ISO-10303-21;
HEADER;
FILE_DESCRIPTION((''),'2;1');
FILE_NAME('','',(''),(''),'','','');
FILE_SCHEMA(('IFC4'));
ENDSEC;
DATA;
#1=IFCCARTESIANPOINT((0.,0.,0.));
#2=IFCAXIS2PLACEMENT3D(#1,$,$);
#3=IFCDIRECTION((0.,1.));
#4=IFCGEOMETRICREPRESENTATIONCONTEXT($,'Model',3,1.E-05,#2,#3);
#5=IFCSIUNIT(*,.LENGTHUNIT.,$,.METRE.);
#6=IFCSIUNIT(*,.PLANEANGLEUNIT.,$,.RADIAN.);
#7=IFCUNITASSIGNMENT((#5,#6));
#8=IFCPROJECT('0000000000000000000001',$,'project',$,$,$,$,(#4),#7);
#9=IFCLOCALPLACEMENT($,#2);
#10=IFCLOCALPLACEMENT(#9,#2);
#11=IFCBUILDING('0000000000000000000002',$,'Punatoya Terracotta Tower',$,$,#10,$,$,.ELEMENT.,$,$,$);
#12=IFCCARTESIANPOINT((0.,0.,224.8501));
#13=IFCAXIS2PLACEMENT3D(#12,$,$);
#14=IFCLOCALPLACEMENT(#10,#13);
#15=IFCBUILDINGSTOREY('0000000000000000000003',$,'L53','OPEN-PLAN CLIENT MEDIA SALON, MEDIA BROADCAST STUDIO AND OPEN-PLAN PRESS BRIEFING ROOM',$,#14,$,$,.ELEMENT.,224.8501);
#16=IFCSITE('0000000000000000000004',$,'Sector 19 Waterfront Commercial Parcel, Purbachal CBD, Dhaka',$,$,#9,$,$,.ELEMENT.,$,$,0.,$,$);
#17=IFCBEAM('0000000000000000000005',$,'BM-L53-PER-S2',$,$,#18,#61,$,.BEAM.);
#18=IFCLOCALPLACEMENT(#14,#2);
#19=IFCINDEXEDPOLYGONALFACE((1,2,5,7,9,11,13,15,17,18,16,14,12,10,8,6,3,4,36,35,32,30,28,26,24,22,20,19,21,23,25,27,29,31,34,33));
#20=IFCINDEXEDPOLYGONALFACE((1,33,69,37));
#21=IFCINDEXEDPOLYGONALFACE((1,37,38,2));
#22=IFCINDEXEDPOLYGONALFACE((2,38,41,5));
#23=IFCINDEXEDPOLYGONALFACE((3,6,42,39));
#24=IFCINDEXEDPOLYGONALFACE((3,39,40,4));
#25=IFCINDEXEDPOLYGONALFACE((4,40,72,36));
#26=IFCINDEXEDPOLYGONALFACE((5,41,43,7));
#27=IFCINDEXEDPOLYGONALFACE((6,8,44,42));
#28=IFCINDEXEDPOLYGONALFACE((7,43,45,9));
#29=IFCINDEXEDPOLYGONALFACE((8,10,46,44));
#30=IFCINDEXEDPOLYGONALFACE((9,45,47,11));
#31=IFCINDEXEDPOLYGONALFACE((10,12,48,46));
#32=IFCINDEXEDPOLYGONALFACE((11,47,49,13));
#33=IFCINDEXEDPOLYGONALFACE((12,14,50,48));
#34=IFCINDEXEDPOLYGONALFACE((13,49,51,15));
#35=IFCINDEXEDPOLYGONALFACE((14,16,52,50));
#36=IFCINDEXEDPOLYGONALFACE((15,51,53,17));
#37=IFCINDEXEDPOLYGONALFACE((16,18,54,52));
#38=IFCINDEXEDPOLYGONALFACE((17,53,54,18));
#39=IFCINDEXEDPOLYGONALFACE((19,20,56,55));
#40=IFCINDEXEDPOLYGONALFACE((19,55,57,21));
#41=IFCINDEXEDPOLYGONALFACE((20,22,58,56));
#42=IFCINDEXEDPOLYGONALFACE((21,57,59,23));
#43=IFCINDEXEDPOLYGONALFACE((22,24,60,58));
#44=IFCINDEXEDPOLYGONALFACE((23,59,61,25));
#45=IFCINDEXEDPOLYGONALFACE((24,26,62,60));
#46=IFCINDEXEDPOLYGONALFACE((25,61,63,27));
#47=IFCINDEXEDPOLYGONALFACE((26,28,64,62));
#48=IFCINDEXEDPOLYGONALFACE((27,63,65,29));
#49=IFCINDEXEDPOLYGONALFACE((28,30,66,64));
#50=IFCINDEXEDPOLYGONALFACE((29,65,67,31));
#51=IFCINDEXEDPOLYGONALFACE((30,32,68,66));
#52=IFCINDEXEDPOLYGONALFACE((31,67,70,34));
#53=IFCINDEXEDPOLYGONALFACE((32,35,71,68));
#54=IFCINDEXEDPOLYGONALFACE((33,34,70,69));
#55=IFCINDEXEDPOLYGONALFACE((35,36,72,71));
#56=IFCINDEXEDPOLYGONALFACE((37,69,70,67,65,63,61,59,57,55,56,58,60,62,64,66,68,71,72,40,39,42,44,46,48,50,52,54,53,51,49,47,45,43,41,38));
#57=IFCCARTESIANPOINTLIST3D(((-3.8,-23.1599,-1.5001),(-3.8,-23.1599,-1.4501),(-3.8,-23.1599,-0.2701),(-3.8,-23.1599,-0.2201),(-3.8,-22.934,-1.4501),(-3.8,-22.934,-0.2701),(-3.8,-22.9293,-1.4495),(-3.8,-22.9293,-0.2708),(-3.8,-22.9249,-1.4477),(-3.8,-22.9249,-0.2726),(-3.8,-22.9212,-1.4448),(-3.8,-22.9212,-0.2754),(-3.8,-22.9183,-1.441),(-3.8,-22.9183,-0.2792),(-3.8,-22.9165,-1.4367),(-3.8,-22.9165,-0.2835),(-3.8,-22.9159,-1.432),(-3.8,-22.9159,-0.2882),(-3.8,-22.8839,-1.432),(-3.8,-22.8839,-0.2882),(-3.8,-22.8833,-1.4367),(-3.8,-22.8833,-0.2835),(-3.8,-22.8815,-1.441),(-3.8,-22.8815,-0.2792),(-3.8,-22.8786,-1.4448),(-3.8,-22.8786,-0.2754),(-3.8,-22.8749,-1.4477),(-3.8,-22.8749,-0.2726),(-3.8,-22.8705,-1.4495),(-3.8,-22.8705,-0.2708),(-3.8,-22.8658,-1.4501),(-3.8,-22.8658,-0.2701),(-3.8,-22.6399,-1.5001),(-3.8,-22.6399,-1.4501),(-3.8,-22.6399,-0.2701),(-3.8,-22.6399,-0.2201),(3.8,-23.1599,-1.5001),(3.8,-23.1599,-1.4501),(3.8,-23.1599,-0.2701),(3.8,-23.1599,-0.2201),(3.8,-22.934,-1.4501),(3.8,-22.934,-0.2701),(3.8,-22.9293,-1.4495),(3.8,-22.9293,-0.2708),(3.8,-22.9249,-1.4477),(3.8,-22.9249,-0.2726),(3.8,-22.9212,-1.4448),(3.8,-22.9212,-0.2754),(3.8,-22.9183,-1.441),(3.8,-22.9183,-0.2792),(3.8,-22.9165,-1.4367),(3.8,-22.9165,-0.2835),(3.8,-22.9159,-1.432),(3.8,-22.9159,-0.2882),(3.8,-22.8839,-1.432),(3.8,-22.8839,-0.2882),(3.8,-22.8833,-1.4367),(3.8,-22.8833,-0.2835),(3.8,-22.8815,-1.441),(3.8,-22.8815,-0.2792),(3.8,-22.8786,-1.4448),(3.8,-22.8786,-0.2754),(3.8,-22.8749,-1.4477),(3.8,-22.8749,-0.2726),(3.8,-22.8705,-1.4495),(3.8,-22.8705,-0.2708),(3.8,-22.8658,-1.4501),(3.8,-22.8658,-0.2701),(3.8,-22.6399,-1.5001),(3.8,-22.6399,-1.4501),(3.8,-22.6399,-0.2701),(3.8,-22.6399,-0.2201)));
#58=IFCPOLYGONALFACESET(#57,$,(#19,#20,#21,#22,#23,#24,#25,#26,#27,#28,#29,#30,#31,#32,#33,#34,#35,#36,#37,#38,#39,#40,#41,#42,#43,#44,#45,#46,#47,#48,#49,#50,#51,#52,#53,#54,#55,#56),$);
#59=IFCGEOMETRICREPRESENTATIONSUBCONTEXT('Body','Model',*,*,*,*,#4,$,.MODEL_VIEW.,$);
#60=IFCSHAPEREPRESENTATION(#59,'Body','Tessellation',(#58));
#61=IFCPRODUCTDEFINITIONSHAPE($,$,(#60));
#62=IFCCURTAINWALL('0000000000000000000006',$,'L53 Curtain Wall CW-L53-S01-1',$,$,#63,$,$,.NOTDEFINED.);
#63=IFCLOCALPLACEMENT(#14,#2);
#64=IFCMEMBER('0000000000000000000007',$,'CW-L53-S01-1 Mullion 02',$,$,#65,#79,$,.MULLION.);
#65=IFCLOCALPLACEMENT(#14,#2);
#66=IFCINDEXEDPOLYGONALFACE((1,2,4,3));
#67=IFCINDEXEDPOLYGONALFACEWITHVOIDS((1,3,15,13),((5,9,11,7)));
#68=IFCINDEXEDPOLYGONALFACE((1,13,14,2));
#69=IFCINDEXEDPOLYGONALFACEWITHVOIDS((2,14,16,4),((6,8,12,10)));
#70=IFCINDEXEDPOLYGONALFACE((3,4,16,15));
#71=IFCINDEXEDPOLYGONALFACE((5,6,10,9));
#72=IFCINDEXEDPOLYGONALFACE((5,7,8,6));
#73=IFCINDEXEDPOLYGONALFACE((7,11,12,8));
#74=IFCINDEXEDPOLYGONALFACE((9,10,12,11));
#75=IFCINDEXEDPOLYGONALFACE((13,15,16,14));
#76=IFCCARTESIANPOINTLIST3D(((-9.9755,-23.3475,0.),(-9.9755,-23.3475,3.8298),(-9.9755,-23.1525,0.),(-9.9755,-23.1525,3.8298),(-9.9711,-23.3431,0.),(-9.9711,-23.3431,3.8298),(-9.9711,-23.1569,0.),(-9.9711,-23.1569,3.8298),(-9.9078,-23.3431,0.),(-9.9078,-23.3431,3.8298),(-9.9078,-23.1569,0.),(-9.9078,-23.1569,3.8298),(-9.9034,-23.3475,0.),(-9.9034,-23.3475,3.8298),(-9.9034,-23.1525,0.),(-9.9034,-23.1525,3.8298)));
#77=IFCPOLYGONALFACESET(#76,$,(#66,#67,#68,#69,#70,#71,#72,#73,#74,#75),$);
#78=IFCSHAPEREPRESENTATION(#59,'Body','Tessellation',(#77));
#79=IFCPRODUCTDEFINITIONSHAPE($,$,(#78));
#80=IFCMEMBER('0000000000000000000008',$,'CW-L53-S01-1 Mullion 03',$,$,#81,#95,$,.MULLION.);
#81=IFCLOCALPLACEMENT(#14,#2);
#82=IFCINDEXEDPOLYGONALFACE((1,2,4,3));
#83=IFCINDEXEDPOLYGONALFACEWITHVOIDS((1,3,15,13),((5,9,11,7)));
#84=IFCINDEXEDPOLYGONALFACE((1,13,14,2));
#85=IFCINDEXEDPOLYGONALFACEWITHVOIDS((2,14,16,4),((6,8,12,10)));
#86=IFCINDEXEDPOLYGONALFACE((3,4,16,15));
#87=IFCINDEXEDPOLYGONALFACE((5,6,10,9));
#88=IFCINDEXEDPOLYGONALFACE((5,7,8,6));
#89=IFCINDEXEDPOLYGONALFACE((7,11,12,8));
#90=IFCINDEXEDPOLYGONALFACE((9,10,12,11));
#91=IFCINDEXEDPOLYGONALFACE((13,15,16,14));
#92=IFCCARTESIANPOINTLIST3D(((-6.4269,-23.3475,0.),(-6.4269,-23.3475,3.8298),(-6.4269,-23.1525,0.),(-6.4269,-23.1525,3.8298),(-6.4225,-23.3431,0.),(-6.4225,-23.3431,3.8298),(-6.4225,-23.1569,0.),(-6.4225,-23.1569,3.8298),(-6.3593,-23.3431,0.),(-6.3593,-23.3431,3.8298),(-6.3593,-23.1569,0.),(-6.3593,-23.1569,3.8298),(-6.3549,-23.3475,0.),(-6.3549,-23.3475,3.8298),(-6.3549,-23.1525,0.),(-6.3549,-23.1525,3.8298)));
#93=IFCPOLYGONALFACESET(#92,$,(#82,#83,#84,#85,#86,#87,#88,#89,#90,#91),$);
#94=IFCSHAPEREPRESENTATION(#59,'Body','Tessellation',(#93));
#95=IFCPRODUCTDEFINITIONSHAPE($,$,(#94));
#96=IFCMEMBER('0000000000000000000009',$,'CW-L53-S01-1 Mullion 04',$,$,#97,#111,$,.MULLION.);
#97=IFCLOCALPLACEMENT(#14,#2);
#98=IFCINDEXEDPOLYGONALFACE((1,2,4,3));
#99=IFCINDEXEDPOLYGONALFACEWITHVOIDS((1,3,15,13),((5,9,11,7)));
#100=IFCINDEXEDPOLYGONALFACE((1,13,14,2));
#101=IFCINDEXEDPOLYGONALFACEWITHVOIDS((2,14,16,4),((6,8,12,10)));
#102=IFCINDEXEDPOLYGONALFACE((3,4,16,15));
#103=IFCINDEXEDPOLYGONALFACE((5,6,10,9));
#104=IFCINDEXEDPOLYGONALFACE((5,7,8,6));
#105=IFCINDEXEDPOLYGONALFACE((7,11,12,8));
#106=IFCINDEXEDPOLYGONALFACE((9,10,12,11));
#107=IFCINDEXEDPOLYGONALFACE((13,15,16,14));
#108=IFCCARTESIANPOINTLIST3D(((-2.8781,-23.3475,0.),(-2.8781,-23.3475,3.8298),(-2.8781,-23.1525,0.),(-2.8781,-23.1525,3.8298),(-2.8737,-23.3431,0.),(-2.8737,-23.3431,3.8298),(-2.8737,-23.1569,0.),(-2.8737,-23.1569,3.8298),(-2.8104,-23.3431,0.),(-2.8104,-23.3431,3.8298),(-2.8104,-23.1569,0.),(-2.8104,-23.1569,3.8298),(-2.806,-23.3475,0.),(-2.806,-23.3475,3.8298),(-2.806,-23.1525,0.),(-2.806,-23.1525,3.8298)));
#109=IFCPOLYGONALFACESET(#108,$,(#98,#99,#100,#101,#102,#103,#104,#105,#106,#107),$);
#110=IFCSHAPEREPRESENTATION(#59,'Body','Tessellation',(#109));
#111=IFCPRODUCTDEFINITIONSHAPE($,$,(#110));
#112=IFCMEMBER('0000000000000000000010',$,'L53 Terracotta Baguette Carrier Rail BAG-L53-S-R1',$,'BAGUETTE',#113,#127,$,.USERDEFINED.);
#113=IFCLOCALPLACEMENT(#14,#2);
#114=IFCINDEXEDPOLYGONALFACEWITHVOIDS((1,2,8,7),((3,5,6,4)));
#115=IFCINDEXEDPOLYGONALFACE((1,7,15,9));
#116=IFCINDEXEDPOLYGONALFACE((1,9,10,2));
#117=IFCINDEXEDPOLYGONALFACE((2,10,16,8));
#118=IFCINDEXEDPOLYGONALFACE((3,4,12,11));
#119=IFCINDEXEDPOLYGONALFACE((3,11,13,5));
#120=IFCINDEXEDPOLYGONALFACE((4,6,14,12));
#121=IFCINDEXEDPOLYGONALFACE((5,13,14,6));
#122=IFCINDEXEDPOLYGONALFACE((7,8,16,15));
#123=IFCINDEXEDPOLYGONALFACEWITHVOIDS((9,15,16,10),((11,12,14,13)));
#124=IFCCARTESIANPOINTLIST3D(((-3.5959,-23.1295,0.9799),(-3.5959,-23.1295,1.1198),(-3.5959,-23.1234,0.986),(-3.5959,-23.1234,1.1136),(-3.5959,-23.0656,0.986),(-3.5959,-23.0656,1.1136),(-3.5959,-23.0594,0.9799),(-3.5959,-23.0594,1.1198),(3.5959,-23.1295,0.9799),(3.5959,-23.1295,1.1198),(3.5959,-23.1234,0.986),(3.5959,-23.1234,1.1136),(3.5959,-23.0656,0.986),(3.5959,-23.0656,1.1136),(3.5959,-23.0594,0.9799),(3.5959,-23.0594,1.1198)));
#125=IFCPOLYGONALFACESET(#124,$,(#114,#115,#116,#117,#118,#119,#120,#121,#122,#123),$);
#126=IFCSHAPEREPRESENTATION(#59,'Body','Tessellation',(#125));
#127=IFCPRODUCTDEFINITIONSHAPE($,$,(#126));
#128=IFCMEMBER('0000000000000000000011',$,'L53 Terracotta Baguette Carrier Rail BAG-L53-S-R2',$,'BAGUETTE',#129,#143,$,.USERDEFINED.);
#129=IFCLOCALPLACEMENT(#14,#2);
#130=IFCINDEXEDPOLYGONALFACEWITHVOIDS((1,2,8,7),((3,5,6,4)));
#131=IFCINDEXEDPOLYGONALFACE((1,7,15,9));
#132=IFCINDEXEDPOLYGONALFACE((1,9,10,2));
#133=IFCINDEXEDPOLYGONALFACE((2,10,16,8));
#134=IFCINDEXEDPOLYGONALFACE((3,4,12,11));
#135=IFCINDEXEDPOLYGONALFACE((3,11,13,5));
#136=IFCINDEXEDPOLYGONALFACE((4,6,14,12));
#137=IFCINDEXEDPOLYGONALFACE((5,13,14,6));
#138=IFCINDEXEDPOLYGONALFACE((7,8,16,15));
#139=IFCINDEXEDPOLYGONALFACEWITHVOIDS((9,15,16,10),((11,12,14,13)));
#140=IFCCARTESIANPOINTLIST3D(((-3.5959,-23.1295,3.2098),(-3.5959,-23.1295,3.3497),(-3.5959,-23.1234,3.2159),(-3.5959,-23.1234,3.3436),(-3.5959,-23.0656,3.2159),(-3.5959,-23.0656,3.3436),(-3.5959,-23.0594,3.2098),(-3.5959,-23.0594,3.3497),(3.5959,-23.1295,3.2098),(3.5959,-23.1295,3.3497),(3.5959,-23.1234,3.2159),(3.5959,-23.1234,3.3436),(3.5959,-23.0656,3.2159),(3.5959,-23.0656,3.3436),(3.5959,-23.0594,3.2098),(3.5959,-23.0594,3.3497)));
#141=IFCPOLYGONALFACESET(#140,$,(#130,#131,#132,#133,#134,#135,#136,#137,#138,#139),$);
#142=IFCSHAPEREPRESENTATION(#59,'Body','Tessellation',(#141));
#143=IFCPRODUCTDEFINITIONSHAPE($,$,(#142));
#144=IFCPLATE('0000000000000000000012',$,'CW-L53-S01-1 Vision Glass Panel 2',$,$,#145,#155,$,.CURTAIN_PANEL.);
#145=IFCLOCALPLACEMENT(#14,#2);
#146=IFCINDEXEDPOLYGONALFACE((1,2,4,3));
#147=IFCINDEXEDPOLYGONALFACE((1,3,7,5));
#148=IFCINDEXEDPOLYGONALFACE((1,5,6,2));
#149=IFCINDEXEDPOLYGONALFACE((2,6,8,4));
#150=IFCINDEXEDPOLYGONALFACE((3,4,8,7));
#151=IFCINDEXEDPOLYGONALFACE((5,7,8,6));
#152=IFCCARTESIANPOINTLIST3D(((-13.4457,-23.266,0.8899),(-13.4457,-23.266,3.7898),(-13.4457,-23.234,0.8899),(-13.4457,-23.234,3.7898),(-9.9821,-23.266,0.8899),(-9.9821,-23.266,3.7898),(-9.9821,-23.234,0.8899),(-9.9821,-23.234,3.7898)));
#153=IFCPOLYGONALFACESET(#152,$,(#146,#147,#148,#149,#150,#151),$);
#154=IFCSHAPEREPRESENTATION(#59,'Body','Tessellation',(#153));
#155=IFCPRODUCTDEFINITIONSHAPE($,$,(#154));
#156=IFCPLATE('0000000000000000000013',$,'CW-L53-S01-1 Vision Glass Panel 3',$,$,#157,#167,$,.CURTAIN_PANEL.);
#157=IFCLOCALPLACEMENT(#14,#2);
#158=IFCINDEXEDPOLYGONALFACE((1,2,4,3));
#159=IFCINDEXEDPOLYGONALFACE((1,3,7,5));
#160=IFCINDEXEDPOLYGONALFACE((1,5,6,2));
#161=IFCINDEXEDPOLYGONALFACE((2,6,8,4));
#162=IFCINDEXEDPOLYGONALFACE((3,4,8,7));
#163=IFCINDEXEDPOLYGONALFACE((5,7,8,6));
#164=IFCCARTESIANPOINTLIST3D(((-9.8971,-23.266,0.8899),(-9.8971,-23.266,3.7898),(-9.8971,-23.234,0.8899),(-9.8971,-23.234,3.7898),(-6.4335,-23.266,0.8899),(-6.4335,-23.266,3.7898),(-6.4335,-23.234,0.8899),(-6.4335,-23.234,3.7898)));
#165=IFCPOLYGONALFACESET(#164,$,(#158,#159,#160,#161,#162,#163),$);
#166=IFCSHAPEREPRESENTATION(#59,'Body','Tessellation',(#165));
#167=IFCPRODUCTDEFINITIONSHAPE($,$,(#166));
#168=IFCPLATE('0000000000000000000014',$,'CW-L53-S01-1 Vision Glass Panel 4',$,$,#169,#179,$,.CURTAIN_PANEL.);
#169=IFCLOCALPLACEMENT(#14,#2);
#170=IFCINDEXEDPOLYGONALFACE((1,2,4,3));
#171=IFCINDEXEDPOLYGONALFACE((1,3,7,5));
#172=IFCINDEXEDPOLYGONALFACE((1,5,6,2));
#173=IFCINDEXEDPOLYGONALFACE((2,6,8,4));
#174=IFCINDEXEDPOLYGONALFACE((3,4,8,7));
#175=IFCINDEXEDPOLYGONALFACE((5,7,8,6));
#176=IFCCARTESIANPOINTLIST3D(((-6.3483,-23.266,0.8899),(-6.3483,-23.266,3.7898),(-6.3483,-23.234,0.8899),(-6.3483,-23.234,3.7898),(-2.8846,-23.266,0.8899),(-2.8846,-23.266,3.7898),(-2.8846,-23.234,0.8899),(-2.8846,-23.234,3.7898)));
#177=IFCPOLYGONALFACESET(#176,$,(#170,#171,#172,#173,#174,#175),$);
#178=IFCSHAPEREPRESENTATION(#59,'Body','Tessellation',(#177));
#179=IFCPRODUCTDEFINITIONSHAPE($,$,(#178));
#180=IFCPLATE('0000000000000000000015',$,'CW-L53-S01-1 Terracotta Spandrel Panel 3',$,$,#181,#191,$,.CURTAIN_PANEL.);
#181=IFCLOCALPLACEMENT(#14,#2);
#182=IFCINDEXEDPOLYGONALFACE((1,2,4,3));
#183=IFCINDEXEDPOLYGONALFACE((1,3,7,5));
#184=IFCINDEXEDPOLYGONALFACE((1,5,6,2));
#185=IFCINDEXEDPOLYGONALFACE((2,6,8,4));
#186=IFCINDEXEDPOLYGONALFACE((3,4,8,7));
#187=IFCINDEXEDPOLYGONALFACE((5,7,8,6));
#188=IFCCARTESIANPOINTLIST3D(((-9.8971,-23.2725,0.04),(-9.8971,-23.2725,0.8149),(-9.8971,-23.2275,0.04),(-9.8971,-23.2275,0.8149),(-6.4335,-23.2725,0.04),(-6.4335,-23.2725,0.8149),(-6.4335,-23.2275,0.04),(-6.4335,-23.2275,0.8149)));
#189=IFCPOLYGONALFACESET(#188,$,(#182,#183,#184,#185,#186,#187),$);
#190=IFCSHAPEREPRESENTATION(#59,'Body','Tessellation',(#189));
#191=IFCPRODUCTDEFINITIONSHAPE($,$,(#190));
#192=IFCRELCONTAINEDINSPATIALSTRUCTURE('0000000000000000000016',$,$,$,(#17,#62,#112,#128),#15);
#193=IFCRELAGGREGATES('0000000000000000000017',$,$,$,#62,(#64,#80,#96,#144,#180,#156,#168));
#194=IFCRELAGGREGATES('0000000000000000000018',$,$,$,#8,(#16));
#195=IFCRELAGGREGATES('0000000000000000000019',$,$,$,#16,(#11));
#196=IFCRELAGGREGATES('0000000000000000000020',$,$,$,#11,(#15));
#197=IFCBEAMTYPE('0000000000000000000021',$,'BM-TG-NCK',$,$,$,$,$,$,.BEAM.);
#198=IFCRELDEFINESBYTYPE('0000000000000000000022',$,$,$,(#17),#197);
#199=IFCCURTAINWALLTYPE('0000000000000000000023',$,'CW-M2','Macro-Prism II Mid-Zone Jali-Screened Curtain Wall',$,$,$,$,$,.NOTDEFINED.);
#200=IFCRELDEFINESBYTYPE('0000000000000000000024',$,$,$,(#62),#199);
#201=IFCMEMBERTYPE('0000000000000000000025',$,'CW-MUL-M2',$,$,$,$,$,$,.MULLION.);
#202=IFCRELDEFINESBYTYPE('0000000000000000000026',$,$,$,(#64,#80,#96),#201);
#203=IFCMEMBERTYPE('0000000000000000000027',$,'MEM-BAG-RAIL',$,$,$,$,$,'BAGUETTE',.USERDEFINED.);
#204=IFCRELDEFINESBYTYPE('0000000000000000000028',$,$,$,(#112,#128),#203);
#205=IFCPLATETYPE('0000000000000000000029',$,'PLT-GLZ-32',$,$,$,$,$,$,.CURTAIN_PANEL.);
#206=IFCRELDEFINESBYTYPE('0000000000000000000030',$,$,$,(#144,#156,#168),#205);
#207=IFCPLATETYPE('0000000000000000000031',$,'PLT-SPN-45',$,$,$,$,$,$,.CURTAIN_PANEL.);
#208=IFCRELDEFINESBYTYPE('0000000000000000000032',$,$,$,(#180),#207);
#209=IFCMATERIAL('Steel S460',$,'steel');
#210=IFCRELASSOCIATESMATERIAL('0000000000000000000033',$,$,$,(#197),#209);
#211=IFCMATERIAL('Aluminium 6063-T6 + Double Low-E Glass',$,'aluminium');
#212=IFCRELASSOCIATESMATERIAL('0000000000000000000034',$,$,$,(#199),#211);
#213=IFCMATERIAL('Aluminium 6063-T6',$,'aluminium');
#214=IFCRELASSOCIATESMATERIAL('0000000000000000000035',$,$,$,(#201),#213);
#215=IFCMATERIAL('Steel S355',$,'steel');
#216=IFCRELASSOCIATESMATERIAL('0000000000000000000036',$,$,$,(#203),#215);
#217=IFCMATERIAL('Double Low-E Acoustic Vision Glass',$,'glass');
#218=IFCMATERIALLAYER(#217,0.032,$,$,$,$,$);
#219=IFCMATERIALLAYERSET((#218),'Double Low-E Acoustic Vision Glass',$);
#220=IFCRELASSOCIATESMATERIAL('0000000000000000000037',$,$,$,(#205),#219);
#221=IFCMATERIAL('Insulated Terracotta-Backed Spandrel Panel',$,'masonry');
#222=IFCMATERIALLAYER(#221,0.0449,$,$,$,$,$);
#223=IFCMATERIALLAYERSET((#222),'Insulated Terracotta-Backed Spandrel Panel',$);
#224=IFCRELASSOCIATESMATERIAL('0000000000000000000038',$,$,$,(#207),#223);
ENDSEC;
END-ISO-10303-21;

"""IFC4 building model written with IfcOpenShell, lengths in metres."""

from ifc_helpers import new_model, si_unit, direction, frame, origin, origin_2d, place, context, subcontext, project, spatial, rectangle, hollow_rectangle, i_section, extrude, material, layer, layer_set, material_profile, profile_set, type_object, element, aggregate, save


model = new_model("IFC4")

# Units and contexts
model_context = context("Model", 3, precision=1e-05, world=origin(), true_north=direction((0.0, 1.0)))
body_context = subcontext(model_context, "Body", "Model", "MODEL_VIEW")
ifc_project = project(units=[si_unit("LENGTHUNIT", "METRE"), si_unit("PLANEANGLEUNIT", "RADIAN")], contexts=[model_context])

# Site, building, storey
site_placement = place(None, origin())
site = spatial("IfcSite", under=ifc_project, at=site_placement, Name="Sector 19 Waterfront Commercial Parcel, Purbachal CBD, Dhaka", CompositionType="ELEMENT", RefElevation=0.0)
building_placement = place(site_placement, origin())
building = spatial("IfcBuilding", under=site, at=building_placement, Name="Punatoya Terracotta Tower", CompositionType="ELEMENT")
storey_placement = place(building_placement, frame((0.0, 0.0, 224.8501)))
storey = spatial("IfcBuildingStorey", under=building, at=storey_placement, Name="L53", Description="OPEN-PLAN CLIENT MEDIA SALON, MEDIA BROADCAST STUDIO AND OPEN-PLAN PRESS BRIEFING ROOM", CompositionType="ELEMENT", Elevation=224.8501)

# Shared definitions
ifc_material_1 = material(Name="Steel S460", Category="steel")

# Beam
ifc_material_2 = material(Name="Steel S355", Category="steel")
ifc_material_profile_1 = material_profile(ifc_material_1, i_section(OverallWidth=0.52, OverallDepth=1.28, WebThickness=0.032, FlangeThickness=0.05, FilletRadius=0.0181, at=origin_2d()))
ifc_profile_set_1 = profile_set([ifc_material_profile_1], Name="Steel S460")
beam_type_1 = type_object("IfcBeamType", Name="BM-TG-NCK", PredefinedType="BEAM", material=ifc_profile_set_1)
beam_1_placement = place(storey_placement, frame((-3.8, -22.8999, -0.8601), z_axis=(1.0, 0.0, 0.0), x_axis=(0.0, 1.0, 0.0)))
element("IfcBeam", 1, at=beam_1_placement, inside=storey, type_object=beam_type_1, Name="BM-L53-PER-S2", PredefinedType="BEAM", context=body_context, shape_type="SweptSolid", body=[
    extrude(i_section(OverallWidth=0.52, OverallDepth=1.28, WebThickness=0.032, FlangeThickness=0.05, FilletRadius=0.0181, at=origin_2d()), origin(), (0.0, 0.0, 1.0), 7.6001),
])

# Curtain wall, members
ifc_material_3 = material(Name="Aluminium 6063-T6 + Double Low-E Glass", Category="aluminium")
curtain_wall_type = type_object("IfcCurtainWallType", Name="CW-M2", Description="Macro-Prism II Mid-Zone Jali-Screened Curtain Wall", PredefinedType="NOTDEFINED", material=ifc_material_3)
curtain_wall_placement = place(storey_placement, origin())
curtain_wall = element("IfcCurtainWall", 2, at=curtain_wall_placement, inside=storey, type_object=curtain_wall_type, Name="L53 Curtain Wall CW-L53-S01-1", PredefinedType="NOTDEFINED")
ifc_material_4 = material(Name="Aluminium 6063-T6", Category="aluminium")
ifc_material_profile_2 = material_profile(ifc_material_4, hollow_rectangle(XDim=0.072, YDim=0.1951, WallThickness=0.0044, at=origin_2d()))
ifc_profile_set_2 = profile_set([ifc_material_profile_2], Name="Aluminium 6063-T6")
member_type_1 = type_object("IfcMemberType", Name="CW-MUL-M2", PredefinedType="MULLION", material=ifc_profile_set_2)
member_1_placement = place(storey_placement, frame((-9.9395, -23.25, 0.0), z_axis=(0.0, 0.0, 1.0), x_axis=(1.0, 0.0, 0.0)))
member_1 = element("IfcMember", 3, at=member_1_placement, type_object=member_type_1, Name="CW-L53-S01-1 Mullion 02", PredefinedType="MULLION", context=body_context, shape_type="SweptSolid", body=[
    extrude(hollow_rectangle(XDim=0.072, YDim=0.1951, WallThickness=0.0044, at=origin_2d()), origin(), (0.0, 0.0, 1.0), 3.8298),
])
member_2_placement = place(storey_placement, frame((-6.3909, -23.25, 0.0), z_axis=(0.0, 0.0, 1.0), x_axis=(1.0, 0.0, 0.0)))
member_2 = element("IfcMember", 4, at=member_2_placement, type_object=member_type_1, Name="CW-L53-S01-1 Mullion 03", PredefinedType="MULLION", context=body_context, shape_type="SweptSolid", body=[
    extrude(hollow_rectangle(XDim=0.072, YDim=0.1951, WallThickness=0.0044, at=origin_2d()), origin(), (0.0, 0.0, 1.0), 3.8298),
])
member_3_placement = place(storey_placement, frame((-2.842, -23.25, 0.0), z_axis=(0.0, 0.0, 1.0), x_axis=(1.0, 0.0, 0.0)))
member_3 = element("IfcMember", 5, at=member_3_placement, type_object=member_type_1, Name="CW-L53-S01-1 Mullion 04", PredefinedType="MULLION", context=body_context, shape_type="SweptSolid", body=[
    extrude(hollow_rectangle(XDim=0.072, YDim=0.1951, WallThickness=0.0044, at=origin_2d()), origin(), (0.0, 0.0, 1.0), 3.8298),
])

# Members
ifc_material_profile_3 = material_profile(ifc_material_2, hollow_rectangle(XDim=0.0701, YDim=0.1399, WallThickness=0.0061, at=origin_2d()))
ifc_profile_set_3 = profile_set([ifc_material_profile_3], Name="Steel S355")
member_type_2 = type_object("IfcMemberType", Name="MEM-BAG-RAIL", ElementType="BAGUETTE", PredefinedType="USERDEFINED", material=ifc_profile_set_3)
for number, where, z_axis, x_axis, name in (
    (6, (-3.5959, -23.0945, 1.0498), (1.0, 0.0, 0.0), (0.0, 1.0, 0.0), "L53 Terracotta Baguette Carrier Rail BAG-L53-S-R1"),
    (7, (-3.5959, -23.0945, 3.2798), (1.0, 0.0, 0.0), (0.0, 1.0, 0.0), "L53 Terracotta Baguette Carrier Rail BAG-L53-S-R2"),
):
    element("IfcMember", number, at=place(storey_placement, frame(where, z_axis=z_axis, x_axis=x_axis)), inside=storey, type_object=member_type_2, Name=name, ObjectType="BAGUETTE", PredefinedType="USERDEFINED", context=body_context, shape_type="SweptSolid", body=[
        extrude(hollow_rectangle(XDim=0.0701, YDim=0.1399, WallThickness=0.0061, at=origin_2d()), origin(), (0.0, 0.0, 1.0), 7.1919),
    ])

# Plates
ifc_material_5 = material(Name="Double Low-E Acoustic Vision Glass", Category="glass")
ifc_layer_1 = layer(ifc_material_5, 0.032)
ifc_layer_set_1 = layer_set([ifc_layer_1], Name="Double Low-E Acoustic Vision Glass")
plate_type_1 = type_object("IfcPlateType", Name="PLT-GLZ-32", PredefinedType="CURTAIN_PANEL", material=ifc_layer_set_1)
plate_1_placement = place(storey_placement, frame((-11.7139, -23.25, 0.8899), z_axis=(0.0, 0.0, 1.0), x_axis=(1.0, 0.0, 0.0)))
plate_1 = element("IfcPlate", 8, at=plate_1_placement, type_object=plate_type_1, Name="CW-L53-S01-1 Vision Glass Panel 2", PredefinedType="CURTAIN_PANEL", context=body_context, shape_type="SweptSolid", body=[
    extrude(rectangle(XDim=3.4636, YDim=0.032, at=origin_2d()), origin(), (0.0, 0.0, 1.0), 2.8999),
])
plate_2_placement = place(storey_placement, frame((-8.1653, -23.25, 0.8899), z_axis=(0.0, 0.0, 1.0), x_axis=(1.0, 0.0, 0.0)))
plate_2 = element("IfcPlate", 9, at=plate_2_placement, type_object=plate_type_1, Name="CW-L53-S01-1 Vision Glass Panel 3", PredefinedType="CURTAIN_PANEL", context=body_context, shape_type="SweptSolid", body=[
    extrude(rectangle(XDim=3.4636, YDim=0.032, at=origin_2d()), origin(), (0.0, 0.0, 1.0), 2.8999),
])
plate_3_placement = place(storey_placement, frame((-4.6165, -23.25, 0.8899), z_axis=(0.0, 0.0, 1.0), x_axis=(1.0, 0.0, 0.0)))
plate_3 = element("IfcPlate", 10, at=plate_3_placement, type_object=plate_type_1, Name="CW-L53-S01-1 Vision Glass Panel 4", PredefinedType="CURTAIN_PANEL", context=body_context, shape_type="SweptSolid", body=[
    extrude(rectangle(XDim=3.4636, YDim=0.032, at=origin_2d()), origin(), (0.0, 0.0, 1.0), 2.8999),
])
ifc_material_6 = material(Name="Insulated Terracotta-Backed Spandrel Panel", Category="masonry")
ifc_layer_2 = layer(ifc_material_6, 0.0449)
ifc_layer_set_2 = layer_set([ifc_layer_2], Name="Insulated Terracotta-Backed Spandrel Panel")
plate_type_2 = type_object("IfcPlateType", Name="PLT-SPN-45", PredefinedType="CURTAIN_PANEL", material=ifc_layer_set_2)
plate_4_placement = place(storey_placement, frame((-8.1653, -23.25, 0.04), z_axis=(0.0, 0.0, 1.0), x_axis=(1.0, 0.0, 0.0)))
plate_4 = element("IfcPlate", 11, at=plate_4_placement, type_object=plate_type_2, Name="CW-L53-S01-1 Terracotta Spandrel Panel 3", PredefinedType="CURTAIN_PANEL", context=body_context, shape_type="SweptSolid", body=[
    extrude(rectangle(XDim=3.4636, YDim=0.0449, at=origin_2d()), origin(), (0.0, 0.0, 1.0), 0.7749),
])
aggregate(curtain_wall, [member_1, member_2, member_3, plate_1, plate_4, plate_2, plate_3])

save(model, "model.ifc")
